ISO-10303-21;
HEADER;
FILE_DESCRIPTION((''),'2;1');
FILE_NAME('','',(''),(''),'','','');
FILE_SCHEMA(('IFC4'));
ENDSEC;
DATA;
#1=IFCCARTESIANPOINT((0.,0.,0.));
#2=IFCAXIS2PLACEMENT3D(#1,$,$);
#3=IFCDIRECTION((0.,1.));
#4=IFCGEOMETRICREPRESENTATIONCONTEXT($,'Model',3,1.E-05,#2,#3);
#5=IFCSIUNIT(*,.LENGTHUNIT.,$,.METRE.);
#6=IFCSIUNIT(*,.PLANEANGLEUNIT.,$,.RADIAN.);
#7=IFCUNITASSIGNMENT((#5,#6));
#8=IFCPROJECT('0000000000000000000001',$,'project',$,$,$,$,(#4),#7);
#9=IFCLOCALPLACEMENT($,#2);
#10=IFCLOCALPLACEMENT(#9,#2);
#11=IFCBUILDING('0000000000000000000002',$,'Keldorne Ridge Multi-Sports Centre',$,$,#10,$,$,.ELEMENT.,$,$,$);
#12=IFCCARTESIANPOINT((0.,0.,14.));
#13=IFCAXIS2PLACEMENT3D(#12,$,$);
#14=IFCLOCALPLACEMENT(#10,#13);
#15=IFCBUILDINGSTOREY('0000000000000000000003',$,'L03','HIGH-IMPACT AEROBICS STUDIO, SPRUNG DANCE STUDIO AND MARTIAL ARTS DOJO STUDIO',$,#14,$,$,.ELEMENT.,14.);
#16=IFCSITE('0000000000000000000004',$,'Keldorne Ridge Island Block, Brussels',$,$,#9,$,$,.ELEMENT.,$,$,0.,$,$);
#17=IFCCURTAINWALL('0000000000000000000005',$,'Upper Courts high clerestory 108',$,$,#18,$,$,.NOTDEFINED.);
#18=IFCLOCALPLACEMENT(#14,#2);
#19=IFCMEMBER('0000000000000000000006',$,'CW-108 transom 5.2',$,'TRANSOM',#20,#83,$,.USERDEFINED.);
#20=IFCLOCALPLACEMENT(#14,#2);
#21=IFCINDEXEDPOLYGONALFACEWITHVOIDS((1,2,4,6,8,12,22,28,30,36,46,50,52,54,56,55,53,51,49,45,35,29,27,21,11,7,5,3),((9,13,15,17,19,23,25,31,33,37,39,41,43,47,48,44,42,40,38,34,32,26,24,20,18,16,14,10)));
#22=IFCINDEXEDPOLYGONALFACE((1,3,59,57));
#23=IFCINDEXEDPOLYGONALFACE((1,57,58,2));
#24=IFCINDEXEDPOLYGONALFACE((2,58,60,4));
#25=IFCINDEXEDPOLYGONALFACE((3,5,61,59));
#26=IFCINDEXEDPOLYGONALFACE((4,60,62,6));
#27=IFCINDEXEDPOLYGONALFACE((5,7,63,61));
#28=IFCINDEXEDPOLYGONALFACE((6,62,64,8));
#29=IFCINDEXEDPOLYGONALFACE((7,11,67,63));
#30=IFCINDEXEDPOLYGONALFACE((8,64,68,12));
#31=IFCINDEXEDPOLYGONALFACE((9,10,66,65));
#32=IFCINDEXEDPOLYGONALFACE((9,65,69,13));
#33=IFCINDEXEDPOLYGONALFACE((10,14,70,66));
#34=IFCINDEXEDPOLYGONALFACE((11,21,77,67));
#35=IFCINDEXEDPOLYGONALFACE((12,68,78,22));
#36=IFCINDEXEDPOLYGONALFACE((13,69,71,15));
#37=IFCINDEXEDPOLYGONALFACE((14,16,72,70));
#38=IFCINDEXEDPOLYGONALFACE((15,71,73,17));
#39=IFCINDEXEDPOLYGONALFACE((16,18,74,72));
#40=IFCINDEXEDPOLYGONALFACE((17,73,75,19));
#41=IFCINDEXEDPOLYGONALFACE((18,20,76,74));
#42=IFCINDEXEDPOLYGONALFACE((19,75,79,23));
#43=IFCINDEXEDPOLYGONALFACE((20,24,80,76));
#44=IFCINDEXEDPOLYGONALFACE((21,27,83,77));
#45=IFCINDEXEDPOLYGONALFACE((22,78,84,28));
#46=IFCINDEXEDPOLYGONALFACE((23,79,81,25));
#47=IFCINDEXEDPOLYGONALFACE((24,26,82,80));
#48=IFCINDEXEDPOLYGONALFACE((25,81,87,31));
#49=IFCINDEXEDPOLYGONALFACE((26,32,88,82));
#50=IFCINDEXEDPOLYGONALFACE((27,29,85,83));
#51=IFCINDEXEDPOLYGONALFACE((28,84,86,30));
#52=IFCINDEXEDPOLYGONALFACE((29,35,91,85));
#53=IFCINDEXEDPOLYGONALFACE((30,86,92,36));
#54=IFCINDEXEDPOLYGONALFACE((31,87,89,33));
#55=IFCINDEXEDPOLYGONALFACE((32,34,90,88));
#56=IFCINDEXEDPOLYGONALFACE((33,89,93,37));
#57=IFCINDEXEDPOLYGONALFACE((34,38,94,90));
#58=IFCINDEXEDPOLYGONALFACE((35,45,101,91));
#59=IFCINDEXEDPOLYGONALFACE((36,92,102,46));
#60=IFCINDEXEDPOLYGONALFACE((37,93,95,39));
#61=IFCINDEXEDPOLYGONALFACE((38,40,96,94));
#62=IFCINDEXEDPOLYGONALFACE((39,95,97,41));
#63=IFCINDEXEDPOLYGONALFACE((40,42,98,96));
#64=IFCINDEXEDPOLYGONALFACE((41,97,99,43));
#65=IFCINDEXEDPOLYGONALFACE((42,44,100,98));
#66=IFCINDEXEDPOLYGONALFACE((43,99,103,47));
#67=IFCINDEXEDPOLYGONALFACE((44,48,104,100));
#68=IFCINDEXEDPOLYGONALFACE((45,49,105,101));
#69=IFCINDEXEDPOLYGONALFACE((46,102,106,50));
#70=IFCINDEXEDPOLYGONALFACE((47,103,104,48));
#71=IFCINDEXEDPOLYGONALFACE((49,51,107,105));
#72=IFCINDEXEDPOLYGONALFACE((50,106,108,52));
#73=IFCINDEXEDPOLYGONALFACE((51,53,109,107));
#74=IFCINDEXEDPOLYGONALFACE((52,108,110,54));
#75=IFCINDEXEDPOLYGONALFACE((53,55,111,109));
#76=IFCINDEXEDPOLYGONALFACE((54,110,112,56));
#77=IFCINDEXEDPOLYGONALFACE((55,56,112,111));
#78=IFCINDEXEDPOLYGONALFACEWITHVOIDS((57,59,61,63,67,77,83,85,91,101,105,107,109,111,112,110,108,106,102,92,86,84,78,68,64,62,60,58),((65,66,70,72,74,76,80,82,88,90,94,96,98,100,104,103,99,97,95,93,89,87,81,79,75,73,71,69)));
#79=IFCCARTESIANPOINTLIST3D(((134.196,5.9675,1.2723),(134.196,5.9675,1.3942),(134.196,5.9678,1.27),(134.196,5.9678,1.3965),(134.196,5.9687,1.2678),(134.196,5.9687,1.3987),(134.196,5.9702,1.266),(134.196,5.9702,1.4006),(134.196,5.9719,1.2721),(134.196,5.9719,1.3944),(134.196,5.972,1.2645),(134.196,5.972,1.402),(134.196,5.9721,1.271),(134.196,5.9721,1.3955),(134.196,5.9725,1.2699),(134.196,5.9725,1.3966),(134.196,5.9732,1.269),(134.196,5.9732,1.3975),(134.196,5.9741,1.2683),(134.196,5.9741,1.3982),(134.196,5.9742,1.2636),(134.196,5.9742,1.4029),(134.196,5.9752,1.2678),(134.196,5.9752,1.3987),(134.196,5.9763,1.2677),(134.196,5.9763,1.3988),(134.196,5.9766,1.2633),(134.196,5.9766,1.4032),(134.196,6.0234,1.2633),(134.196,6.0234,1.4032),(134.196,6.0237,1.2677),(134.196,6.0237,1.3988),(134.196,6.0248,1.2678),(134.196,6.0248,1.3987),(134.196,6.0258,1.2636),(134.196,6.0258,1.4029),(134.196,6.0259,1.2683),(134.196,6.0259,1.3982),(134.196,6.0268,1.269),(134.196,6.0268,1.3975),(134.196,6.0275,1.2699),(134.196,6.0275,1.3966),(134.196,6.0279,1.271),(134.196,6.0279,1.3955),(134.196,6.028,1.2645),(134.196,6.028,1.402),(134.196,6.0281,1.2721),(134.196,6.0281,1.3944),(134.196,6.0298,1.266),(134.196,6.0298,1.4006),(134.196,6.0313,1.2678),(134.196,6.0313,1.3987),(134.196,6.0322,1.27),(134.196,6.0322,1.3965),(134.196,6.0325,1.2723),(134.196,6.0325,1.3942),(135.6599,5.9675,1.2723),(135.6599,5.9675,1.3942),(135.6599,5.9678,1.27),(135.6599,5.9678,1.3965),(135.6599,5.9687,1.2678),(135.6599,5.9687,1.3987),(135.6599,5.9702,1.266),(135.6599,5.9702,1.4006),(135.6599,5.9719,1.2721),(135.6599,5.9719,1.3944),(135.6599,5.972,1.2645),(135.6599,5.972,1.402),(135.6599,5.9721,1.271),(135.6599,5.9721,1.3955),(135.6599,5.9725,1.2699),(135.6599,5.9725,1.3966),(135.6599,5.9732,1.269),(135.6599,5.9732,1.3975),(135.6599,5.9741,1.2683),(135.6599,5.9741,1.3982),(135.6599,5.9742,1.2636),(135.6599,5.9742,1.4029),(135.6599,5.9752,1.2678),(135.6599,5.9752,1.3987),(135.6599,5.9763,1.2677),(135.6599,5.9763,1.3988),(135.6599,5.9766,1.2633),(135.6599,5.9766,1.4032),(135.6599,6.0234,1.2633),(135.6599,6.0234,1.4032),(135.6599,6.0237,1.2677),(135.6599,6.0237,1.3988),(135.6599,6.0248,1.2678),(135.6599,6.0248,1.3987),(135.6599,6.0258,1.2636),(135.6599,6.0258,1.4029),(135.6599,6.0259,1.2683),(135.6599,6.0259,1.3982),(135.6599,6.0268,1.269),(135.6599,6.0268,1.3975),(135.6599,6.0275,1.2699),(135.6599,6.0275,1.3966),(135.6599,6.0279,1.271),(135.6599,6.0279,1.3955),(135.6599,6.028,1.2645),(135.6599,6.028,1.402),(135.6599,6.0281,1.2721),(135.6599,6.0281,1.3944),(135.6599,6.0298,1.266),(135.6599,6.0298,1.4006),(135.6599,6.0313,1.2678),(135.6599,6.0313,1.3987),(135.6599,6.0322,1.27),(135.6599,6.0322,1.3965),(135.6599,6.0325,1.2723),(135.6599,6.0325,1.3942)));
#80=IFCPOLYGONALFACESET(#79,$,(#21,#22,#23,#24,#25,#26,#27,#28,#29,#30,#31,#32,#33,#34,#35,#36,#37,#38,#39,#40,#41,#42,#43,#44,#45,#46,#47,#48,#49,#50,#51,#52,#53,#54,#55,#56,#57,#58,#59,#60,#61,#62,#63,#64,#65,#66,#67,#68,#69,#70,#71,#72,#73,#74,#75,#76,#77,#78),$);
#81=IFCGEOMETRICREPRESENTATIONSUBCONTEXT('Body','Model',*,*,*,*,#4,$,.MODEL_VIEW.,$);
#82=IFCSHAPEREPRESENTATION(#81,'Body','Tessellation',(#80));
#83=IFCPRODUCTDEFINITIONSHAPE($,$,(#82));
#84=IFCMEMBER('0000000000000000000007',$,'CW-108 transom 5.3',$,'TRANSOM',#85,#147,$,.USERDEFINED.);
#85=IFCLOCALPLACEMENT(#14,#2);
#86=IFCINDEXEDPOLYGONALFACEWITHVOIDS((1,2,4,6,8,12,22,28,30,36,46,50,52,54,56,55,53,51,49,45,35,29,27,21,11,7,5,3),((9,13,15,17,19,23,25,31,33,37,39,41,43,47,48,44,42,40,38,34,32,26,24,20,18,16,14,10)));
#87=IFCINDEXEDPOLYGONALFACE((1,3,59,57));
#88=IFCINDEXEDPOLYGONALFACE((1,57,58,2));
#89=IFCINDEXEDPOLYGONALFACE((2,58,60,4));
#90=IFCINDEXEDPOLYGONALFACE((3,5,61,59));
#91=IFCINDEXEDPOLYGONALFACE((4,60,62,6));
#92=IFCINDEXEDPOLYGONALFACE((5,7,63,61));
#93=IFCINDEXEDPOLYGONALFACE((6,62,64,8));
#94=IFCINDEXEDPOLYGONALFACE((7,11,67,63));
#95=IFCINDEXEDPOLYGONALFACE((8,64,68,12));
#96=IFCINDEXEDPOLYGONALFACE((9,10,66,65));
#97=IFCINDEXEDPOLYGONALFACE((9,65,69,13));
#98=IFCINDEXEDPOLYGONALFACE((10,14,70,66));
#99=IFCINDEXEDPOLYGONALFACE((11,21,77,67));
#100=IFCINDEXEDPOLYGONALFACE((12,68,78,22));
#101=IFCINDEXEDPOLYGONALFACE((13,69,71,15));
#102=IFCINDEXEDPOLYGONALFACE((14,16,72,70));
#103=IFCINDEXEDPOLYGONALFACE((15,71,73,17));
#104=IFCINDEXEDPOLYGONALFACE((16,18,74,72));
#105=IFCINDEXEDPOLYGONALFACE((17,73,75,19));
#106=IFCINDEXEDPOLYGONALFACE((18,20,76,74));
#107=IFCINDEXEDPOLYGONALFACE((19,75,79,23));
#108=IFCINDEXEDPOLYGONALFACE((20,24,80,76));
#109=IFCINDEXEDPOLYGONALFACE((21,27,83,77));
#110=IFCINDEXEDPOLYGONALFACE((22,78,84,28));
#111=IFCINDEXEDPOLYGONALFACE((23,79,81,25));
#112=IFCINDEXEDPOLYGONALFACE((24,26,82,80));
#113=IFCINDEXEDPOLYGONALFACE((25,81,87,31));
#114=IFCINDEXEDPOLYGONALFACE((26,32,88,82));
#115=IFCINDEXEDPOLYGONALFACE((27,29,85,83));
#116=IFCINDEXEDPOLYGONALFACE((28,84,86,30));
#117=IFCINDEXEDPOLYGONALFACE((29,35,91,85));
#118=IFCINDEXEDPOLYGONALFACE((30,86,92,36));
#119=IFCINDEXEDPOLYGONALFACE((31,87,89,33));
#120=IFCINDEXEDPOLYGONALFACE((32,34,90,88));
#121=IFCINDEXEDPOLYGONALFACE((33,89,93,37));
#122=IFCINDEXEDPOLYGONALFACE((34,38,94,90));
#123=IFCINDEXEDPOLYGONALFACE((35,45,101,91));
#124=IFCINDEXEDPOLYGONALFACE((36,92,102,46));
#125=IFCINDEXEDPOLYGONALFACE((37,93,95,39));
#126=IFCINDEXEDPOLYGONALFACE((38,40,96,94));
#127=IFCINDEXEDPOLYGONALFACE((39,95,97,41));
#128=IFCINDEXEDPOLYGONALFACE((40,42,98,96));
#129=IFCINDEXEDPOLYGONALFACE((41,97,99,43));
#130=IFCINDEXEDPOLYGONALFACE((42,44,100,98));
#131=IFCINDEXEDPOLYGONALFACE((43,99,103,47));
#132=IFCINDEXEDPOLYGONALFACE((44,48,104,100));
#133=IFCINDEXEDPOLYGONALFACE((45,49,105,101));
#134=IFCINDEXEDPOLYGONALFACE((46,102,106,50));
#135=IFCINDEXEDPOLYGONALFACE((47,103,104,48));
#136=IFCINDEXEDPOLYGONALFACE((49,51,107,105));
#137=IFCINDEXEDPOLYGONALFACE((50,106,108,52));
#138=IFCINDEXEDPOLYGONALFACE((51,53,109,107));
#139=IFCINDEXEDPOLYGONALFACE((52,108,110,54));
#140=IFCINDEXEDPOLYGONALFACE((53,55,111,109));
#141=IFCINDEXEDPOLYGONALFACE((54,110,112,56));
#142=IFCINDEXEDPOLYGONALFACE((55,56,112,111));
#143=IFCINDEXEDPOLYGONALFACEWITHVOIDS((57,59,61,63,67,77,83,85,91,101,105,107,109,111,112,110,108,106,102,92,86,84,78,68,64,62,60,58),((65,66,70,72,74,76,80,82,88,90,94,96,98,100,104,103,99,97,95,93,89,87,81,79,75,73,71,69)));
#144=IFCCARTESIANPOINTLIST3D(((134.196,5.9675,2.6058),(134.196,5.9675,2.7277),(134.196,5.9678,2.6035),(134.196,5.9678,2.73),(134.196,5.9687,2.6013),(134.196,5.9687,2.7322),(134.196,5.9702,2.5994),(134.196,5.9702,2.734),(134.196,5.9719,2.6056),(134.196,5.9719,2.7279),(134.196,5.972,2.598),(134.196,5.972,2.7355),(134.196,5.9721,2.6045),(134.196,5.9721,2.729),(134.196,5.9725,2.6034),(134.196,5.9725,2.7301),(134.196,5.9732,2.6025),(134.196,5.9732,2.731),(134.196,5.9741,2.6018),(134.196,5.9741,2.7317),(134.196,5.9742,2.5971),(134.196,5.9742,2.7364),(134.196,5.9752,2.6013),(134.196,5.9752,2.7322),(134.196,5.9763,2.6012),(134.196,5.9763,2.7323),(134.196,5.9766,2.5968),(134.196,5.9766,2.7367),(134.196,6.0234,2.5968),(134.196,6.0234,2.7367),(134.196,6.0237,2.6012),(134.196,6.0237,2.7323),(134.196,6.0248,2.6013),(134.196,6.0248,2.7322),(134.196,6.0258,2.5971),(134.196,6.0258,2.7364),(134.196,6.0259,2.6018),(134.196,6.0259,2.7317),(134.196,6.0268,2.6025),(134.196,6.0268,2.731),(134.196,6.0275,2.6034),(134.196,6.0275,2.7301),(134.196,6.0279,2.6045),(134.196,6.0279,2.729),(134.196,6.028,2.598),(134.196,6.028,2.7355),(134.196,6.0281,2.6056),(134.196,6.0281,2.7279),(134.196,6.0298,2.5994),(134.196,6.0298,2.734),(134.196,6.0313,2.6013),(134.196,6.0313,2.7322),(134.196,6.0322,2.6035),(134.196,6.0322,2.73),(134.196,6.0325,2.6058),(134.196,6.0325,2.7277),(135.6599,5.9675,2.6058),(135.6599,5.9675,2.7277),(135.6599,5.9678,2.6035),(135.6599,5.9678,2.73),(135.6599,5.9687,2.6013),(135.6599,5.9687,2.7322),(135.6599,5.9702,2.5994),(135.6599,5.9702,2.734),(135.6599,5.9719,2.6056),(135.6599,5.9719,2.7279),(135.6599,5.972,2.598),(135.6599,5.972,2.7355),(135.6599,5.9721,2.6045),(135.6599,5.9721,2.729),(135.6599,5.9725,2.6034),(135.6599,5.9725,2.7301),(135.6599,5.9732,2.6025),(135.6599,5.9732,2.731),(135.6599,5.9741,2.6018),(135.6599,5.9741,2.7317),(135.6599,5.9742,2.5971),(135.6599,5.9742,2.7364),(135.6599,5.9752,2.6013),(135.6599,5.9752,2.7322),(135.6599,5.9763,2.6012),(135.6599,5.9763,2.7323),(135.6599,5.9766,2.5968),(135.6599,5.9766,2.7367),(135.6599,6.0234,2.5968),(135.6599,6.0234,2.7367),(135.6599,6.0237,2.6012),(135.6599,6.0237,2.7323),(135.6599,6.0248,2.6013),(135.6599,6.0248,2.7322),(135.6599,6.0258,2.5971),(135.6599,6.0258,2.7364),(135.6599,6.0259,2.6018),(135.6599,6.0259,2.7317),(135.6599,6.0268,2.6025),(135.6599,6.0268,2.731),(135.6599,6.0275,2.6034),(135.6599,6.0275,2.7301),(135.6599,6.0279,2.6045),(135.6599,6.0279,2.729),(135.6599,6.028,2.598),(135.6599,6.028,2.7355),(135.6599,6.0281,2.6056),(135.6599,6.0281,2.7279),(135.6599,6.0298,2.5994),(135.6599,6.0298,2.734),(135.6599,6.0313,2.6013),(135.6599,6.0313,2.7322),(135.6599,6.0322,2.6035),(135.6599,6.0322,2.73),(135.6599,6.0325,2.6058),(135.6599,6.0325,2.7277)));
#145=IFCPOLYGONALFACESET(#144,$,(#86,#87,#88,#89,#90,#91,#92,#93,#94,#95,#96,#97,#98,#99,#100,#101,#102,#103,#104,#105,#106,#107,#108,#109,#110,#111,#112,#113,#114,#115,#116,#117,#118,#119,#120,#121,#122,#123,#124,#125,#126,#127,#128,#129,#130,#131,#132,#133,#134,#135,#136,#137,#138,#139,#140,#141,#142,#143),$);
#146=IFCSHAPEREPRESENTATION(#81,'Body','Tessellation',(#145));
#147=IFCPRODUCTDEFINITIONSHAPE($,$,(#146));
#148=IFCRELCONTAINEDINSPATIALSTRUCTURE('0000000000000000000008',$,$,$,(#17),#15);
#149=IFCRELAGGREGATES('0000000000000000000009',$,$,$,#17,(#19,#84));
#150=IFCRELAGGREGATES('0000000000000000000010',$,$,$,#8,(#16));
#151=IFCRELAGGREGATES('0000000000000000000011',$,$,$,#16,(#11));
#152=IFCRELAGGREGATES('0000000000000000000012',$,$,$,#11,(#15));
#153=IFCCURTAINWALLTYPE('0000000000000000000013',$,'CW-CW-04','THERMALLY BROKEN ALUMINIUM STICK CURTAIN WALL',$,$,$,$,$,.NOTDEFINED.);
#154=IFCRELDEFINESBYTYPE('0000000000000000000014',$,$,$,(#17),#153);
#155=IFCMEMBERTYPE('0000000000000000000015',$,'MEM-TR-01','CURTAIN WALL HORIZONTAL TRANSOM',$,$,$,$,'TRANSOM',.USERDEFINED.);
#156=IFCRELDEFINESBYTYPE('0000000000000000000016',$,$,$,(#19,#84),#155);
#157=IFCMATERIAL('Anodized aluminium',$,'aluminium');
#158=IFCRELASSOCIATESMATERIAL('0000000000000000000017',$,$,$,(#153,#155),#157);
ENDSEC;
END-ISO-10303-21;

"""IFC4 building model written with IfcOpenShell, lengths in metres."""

from ifc_helpers import new_model, si_unit, direction, frame, origin, origin_2d, place, context, subcontext, project, spatial, hollow_rectangle, extrude, material, material_profile, profile_set, type_object, element, aggregate, save


model = new_model("IFC4")

# Units and contexts
model_context = context("Model", 3, precision=1e-05, world=origin(), true_north=direction((0.0, 1.0)))
body_context = subcontext(model_context, "Body", "Model", "MODEL_VIEW")
ifc_project = project(units=[si_unit("LENGTHUNIT", "METRE"), si_unit("PLANEANGLEUNIT", "RADIAN")], contexts=[model_context])

# Site, building, storey
site_placement = place(None, origin())
site = spatial("IfcSite", under=ifc_project, at=site_placement, Name="Keldorne Ridge Island Block, Brussels", CompositionType="ELEMENT", RefElevation=0.0)
building_placement = place(site_placement, origin())
building = spatial("IfcBuilding", under=site, at=building_placement, Name="Keldorne Ridge Multi-Sports Centre", CompositionType="ELEMENT")
storey_placement = place(building_placement, frame((0.0, 0.0, 14.0)))
storey = spatial("IfcBuildingStorey", under=building, at=storey_placement, Name="L03", Description="HIGH-IMPACT AEROBICS STUDIO, SPRUNG DANCE STUDIO AND MARTIAL ARTS DOJO STUDIO", CompositionType="ELEMENT", Elevation=14.0)

# Curtain wall
ifc_material_1 = material(Name="Anodized aluminium", Category="aluminium")
curtain_wall_type = type_object("IfcCurtainWallType", Name="CW-CW-04", Description="THERMALLY BROKEN ALUMINIUM STICK CURTAIN WALL", PredefinedType="NOTDEFINED", material=ifc_material_1)
curtain_wall_placement = place(storey_placement, origin())
curtain_wall = element("IfcCurtainWall", 1, at=curtain_wall_placement, inside=storey, type_object=curtain_wall_type, Name="Upper Courts high clerestory 108", PredefinedType="NOTDEFINED")

# Members
ifc_material_profile_1 = material_profile(ifc_material_1, hollow_rectangle(XDim=0.0649, YDim=0.1399, WallThickness=0.0044, InnerFilletRadius=0.0044, OuterFilletRadius=0.009, at=origin_2d()), Name="ALU TRANSOM 140x65x4.5")
ifc_profile_set_1 = profile_set([ifc_material_profile_1], Name="Anodized aluminium")
member_type_1 = type_object("IfcMemberType", Name="MEM-TR-01", Description="CURTAIN WALL HORIZONTAL TRANSOM", ElementType="TRANSOM", PredefinedType="USERDEFINED", material=ifc_profile_set_1)
member_1_placement = place(storey_placement, frame((134.196, 6.0, 1.3333), z_axis=(1.0, 0.0, 0.0), x_axis=(0.0, 1.0, 0.0)))
member_1 = element("IfcMember", 2, at=member_1_placement, type_object=member_type_1, Name="CW-108 transom 5.2", ObjectType="TRANSOM", PredefinedType="USERDEFINED", context=body_context, shape_type="SweptSolid", body=[
    extrude(hollow_rectangle(XDim=0.0649, YDim=0.1399, WallThickness=0.0044, InnerFilletRadius=0.0044, OuterFilletRadius=0.009, at=origin_2d()), origin(), (0.0, 0.0, 1.0), 1.4639),
])
member_2_placement = place(storey_placement, frame((134.196, 6.0, 2.6667), z_axis=(1.0, 0.0, 0.0), x_axis=(0.0, 1.0, 0.0)))
member_2 = element("IfcMember", 3, at=member_2_placement, type_object=member_type_1, Name="CW-108 transom 5.3", ObjectType="TRANSOM", PredefinedType="USERDEFINED", context=body_context, shape_type="SweptSolid", body=[
    extrude(hollow_rectangle(XDim=0.0649, YDim=0.1399, WallThickness=0.0044, InnerFilletRadius=0.0044, OuterFilletRadius=0.009, at=origin_2d()), origin(), (0.0, 0.0, 1.0), 1.4639),
])

aggregate(curtain_wall, [member_1, member_2])

save(model, "model.ifc")
